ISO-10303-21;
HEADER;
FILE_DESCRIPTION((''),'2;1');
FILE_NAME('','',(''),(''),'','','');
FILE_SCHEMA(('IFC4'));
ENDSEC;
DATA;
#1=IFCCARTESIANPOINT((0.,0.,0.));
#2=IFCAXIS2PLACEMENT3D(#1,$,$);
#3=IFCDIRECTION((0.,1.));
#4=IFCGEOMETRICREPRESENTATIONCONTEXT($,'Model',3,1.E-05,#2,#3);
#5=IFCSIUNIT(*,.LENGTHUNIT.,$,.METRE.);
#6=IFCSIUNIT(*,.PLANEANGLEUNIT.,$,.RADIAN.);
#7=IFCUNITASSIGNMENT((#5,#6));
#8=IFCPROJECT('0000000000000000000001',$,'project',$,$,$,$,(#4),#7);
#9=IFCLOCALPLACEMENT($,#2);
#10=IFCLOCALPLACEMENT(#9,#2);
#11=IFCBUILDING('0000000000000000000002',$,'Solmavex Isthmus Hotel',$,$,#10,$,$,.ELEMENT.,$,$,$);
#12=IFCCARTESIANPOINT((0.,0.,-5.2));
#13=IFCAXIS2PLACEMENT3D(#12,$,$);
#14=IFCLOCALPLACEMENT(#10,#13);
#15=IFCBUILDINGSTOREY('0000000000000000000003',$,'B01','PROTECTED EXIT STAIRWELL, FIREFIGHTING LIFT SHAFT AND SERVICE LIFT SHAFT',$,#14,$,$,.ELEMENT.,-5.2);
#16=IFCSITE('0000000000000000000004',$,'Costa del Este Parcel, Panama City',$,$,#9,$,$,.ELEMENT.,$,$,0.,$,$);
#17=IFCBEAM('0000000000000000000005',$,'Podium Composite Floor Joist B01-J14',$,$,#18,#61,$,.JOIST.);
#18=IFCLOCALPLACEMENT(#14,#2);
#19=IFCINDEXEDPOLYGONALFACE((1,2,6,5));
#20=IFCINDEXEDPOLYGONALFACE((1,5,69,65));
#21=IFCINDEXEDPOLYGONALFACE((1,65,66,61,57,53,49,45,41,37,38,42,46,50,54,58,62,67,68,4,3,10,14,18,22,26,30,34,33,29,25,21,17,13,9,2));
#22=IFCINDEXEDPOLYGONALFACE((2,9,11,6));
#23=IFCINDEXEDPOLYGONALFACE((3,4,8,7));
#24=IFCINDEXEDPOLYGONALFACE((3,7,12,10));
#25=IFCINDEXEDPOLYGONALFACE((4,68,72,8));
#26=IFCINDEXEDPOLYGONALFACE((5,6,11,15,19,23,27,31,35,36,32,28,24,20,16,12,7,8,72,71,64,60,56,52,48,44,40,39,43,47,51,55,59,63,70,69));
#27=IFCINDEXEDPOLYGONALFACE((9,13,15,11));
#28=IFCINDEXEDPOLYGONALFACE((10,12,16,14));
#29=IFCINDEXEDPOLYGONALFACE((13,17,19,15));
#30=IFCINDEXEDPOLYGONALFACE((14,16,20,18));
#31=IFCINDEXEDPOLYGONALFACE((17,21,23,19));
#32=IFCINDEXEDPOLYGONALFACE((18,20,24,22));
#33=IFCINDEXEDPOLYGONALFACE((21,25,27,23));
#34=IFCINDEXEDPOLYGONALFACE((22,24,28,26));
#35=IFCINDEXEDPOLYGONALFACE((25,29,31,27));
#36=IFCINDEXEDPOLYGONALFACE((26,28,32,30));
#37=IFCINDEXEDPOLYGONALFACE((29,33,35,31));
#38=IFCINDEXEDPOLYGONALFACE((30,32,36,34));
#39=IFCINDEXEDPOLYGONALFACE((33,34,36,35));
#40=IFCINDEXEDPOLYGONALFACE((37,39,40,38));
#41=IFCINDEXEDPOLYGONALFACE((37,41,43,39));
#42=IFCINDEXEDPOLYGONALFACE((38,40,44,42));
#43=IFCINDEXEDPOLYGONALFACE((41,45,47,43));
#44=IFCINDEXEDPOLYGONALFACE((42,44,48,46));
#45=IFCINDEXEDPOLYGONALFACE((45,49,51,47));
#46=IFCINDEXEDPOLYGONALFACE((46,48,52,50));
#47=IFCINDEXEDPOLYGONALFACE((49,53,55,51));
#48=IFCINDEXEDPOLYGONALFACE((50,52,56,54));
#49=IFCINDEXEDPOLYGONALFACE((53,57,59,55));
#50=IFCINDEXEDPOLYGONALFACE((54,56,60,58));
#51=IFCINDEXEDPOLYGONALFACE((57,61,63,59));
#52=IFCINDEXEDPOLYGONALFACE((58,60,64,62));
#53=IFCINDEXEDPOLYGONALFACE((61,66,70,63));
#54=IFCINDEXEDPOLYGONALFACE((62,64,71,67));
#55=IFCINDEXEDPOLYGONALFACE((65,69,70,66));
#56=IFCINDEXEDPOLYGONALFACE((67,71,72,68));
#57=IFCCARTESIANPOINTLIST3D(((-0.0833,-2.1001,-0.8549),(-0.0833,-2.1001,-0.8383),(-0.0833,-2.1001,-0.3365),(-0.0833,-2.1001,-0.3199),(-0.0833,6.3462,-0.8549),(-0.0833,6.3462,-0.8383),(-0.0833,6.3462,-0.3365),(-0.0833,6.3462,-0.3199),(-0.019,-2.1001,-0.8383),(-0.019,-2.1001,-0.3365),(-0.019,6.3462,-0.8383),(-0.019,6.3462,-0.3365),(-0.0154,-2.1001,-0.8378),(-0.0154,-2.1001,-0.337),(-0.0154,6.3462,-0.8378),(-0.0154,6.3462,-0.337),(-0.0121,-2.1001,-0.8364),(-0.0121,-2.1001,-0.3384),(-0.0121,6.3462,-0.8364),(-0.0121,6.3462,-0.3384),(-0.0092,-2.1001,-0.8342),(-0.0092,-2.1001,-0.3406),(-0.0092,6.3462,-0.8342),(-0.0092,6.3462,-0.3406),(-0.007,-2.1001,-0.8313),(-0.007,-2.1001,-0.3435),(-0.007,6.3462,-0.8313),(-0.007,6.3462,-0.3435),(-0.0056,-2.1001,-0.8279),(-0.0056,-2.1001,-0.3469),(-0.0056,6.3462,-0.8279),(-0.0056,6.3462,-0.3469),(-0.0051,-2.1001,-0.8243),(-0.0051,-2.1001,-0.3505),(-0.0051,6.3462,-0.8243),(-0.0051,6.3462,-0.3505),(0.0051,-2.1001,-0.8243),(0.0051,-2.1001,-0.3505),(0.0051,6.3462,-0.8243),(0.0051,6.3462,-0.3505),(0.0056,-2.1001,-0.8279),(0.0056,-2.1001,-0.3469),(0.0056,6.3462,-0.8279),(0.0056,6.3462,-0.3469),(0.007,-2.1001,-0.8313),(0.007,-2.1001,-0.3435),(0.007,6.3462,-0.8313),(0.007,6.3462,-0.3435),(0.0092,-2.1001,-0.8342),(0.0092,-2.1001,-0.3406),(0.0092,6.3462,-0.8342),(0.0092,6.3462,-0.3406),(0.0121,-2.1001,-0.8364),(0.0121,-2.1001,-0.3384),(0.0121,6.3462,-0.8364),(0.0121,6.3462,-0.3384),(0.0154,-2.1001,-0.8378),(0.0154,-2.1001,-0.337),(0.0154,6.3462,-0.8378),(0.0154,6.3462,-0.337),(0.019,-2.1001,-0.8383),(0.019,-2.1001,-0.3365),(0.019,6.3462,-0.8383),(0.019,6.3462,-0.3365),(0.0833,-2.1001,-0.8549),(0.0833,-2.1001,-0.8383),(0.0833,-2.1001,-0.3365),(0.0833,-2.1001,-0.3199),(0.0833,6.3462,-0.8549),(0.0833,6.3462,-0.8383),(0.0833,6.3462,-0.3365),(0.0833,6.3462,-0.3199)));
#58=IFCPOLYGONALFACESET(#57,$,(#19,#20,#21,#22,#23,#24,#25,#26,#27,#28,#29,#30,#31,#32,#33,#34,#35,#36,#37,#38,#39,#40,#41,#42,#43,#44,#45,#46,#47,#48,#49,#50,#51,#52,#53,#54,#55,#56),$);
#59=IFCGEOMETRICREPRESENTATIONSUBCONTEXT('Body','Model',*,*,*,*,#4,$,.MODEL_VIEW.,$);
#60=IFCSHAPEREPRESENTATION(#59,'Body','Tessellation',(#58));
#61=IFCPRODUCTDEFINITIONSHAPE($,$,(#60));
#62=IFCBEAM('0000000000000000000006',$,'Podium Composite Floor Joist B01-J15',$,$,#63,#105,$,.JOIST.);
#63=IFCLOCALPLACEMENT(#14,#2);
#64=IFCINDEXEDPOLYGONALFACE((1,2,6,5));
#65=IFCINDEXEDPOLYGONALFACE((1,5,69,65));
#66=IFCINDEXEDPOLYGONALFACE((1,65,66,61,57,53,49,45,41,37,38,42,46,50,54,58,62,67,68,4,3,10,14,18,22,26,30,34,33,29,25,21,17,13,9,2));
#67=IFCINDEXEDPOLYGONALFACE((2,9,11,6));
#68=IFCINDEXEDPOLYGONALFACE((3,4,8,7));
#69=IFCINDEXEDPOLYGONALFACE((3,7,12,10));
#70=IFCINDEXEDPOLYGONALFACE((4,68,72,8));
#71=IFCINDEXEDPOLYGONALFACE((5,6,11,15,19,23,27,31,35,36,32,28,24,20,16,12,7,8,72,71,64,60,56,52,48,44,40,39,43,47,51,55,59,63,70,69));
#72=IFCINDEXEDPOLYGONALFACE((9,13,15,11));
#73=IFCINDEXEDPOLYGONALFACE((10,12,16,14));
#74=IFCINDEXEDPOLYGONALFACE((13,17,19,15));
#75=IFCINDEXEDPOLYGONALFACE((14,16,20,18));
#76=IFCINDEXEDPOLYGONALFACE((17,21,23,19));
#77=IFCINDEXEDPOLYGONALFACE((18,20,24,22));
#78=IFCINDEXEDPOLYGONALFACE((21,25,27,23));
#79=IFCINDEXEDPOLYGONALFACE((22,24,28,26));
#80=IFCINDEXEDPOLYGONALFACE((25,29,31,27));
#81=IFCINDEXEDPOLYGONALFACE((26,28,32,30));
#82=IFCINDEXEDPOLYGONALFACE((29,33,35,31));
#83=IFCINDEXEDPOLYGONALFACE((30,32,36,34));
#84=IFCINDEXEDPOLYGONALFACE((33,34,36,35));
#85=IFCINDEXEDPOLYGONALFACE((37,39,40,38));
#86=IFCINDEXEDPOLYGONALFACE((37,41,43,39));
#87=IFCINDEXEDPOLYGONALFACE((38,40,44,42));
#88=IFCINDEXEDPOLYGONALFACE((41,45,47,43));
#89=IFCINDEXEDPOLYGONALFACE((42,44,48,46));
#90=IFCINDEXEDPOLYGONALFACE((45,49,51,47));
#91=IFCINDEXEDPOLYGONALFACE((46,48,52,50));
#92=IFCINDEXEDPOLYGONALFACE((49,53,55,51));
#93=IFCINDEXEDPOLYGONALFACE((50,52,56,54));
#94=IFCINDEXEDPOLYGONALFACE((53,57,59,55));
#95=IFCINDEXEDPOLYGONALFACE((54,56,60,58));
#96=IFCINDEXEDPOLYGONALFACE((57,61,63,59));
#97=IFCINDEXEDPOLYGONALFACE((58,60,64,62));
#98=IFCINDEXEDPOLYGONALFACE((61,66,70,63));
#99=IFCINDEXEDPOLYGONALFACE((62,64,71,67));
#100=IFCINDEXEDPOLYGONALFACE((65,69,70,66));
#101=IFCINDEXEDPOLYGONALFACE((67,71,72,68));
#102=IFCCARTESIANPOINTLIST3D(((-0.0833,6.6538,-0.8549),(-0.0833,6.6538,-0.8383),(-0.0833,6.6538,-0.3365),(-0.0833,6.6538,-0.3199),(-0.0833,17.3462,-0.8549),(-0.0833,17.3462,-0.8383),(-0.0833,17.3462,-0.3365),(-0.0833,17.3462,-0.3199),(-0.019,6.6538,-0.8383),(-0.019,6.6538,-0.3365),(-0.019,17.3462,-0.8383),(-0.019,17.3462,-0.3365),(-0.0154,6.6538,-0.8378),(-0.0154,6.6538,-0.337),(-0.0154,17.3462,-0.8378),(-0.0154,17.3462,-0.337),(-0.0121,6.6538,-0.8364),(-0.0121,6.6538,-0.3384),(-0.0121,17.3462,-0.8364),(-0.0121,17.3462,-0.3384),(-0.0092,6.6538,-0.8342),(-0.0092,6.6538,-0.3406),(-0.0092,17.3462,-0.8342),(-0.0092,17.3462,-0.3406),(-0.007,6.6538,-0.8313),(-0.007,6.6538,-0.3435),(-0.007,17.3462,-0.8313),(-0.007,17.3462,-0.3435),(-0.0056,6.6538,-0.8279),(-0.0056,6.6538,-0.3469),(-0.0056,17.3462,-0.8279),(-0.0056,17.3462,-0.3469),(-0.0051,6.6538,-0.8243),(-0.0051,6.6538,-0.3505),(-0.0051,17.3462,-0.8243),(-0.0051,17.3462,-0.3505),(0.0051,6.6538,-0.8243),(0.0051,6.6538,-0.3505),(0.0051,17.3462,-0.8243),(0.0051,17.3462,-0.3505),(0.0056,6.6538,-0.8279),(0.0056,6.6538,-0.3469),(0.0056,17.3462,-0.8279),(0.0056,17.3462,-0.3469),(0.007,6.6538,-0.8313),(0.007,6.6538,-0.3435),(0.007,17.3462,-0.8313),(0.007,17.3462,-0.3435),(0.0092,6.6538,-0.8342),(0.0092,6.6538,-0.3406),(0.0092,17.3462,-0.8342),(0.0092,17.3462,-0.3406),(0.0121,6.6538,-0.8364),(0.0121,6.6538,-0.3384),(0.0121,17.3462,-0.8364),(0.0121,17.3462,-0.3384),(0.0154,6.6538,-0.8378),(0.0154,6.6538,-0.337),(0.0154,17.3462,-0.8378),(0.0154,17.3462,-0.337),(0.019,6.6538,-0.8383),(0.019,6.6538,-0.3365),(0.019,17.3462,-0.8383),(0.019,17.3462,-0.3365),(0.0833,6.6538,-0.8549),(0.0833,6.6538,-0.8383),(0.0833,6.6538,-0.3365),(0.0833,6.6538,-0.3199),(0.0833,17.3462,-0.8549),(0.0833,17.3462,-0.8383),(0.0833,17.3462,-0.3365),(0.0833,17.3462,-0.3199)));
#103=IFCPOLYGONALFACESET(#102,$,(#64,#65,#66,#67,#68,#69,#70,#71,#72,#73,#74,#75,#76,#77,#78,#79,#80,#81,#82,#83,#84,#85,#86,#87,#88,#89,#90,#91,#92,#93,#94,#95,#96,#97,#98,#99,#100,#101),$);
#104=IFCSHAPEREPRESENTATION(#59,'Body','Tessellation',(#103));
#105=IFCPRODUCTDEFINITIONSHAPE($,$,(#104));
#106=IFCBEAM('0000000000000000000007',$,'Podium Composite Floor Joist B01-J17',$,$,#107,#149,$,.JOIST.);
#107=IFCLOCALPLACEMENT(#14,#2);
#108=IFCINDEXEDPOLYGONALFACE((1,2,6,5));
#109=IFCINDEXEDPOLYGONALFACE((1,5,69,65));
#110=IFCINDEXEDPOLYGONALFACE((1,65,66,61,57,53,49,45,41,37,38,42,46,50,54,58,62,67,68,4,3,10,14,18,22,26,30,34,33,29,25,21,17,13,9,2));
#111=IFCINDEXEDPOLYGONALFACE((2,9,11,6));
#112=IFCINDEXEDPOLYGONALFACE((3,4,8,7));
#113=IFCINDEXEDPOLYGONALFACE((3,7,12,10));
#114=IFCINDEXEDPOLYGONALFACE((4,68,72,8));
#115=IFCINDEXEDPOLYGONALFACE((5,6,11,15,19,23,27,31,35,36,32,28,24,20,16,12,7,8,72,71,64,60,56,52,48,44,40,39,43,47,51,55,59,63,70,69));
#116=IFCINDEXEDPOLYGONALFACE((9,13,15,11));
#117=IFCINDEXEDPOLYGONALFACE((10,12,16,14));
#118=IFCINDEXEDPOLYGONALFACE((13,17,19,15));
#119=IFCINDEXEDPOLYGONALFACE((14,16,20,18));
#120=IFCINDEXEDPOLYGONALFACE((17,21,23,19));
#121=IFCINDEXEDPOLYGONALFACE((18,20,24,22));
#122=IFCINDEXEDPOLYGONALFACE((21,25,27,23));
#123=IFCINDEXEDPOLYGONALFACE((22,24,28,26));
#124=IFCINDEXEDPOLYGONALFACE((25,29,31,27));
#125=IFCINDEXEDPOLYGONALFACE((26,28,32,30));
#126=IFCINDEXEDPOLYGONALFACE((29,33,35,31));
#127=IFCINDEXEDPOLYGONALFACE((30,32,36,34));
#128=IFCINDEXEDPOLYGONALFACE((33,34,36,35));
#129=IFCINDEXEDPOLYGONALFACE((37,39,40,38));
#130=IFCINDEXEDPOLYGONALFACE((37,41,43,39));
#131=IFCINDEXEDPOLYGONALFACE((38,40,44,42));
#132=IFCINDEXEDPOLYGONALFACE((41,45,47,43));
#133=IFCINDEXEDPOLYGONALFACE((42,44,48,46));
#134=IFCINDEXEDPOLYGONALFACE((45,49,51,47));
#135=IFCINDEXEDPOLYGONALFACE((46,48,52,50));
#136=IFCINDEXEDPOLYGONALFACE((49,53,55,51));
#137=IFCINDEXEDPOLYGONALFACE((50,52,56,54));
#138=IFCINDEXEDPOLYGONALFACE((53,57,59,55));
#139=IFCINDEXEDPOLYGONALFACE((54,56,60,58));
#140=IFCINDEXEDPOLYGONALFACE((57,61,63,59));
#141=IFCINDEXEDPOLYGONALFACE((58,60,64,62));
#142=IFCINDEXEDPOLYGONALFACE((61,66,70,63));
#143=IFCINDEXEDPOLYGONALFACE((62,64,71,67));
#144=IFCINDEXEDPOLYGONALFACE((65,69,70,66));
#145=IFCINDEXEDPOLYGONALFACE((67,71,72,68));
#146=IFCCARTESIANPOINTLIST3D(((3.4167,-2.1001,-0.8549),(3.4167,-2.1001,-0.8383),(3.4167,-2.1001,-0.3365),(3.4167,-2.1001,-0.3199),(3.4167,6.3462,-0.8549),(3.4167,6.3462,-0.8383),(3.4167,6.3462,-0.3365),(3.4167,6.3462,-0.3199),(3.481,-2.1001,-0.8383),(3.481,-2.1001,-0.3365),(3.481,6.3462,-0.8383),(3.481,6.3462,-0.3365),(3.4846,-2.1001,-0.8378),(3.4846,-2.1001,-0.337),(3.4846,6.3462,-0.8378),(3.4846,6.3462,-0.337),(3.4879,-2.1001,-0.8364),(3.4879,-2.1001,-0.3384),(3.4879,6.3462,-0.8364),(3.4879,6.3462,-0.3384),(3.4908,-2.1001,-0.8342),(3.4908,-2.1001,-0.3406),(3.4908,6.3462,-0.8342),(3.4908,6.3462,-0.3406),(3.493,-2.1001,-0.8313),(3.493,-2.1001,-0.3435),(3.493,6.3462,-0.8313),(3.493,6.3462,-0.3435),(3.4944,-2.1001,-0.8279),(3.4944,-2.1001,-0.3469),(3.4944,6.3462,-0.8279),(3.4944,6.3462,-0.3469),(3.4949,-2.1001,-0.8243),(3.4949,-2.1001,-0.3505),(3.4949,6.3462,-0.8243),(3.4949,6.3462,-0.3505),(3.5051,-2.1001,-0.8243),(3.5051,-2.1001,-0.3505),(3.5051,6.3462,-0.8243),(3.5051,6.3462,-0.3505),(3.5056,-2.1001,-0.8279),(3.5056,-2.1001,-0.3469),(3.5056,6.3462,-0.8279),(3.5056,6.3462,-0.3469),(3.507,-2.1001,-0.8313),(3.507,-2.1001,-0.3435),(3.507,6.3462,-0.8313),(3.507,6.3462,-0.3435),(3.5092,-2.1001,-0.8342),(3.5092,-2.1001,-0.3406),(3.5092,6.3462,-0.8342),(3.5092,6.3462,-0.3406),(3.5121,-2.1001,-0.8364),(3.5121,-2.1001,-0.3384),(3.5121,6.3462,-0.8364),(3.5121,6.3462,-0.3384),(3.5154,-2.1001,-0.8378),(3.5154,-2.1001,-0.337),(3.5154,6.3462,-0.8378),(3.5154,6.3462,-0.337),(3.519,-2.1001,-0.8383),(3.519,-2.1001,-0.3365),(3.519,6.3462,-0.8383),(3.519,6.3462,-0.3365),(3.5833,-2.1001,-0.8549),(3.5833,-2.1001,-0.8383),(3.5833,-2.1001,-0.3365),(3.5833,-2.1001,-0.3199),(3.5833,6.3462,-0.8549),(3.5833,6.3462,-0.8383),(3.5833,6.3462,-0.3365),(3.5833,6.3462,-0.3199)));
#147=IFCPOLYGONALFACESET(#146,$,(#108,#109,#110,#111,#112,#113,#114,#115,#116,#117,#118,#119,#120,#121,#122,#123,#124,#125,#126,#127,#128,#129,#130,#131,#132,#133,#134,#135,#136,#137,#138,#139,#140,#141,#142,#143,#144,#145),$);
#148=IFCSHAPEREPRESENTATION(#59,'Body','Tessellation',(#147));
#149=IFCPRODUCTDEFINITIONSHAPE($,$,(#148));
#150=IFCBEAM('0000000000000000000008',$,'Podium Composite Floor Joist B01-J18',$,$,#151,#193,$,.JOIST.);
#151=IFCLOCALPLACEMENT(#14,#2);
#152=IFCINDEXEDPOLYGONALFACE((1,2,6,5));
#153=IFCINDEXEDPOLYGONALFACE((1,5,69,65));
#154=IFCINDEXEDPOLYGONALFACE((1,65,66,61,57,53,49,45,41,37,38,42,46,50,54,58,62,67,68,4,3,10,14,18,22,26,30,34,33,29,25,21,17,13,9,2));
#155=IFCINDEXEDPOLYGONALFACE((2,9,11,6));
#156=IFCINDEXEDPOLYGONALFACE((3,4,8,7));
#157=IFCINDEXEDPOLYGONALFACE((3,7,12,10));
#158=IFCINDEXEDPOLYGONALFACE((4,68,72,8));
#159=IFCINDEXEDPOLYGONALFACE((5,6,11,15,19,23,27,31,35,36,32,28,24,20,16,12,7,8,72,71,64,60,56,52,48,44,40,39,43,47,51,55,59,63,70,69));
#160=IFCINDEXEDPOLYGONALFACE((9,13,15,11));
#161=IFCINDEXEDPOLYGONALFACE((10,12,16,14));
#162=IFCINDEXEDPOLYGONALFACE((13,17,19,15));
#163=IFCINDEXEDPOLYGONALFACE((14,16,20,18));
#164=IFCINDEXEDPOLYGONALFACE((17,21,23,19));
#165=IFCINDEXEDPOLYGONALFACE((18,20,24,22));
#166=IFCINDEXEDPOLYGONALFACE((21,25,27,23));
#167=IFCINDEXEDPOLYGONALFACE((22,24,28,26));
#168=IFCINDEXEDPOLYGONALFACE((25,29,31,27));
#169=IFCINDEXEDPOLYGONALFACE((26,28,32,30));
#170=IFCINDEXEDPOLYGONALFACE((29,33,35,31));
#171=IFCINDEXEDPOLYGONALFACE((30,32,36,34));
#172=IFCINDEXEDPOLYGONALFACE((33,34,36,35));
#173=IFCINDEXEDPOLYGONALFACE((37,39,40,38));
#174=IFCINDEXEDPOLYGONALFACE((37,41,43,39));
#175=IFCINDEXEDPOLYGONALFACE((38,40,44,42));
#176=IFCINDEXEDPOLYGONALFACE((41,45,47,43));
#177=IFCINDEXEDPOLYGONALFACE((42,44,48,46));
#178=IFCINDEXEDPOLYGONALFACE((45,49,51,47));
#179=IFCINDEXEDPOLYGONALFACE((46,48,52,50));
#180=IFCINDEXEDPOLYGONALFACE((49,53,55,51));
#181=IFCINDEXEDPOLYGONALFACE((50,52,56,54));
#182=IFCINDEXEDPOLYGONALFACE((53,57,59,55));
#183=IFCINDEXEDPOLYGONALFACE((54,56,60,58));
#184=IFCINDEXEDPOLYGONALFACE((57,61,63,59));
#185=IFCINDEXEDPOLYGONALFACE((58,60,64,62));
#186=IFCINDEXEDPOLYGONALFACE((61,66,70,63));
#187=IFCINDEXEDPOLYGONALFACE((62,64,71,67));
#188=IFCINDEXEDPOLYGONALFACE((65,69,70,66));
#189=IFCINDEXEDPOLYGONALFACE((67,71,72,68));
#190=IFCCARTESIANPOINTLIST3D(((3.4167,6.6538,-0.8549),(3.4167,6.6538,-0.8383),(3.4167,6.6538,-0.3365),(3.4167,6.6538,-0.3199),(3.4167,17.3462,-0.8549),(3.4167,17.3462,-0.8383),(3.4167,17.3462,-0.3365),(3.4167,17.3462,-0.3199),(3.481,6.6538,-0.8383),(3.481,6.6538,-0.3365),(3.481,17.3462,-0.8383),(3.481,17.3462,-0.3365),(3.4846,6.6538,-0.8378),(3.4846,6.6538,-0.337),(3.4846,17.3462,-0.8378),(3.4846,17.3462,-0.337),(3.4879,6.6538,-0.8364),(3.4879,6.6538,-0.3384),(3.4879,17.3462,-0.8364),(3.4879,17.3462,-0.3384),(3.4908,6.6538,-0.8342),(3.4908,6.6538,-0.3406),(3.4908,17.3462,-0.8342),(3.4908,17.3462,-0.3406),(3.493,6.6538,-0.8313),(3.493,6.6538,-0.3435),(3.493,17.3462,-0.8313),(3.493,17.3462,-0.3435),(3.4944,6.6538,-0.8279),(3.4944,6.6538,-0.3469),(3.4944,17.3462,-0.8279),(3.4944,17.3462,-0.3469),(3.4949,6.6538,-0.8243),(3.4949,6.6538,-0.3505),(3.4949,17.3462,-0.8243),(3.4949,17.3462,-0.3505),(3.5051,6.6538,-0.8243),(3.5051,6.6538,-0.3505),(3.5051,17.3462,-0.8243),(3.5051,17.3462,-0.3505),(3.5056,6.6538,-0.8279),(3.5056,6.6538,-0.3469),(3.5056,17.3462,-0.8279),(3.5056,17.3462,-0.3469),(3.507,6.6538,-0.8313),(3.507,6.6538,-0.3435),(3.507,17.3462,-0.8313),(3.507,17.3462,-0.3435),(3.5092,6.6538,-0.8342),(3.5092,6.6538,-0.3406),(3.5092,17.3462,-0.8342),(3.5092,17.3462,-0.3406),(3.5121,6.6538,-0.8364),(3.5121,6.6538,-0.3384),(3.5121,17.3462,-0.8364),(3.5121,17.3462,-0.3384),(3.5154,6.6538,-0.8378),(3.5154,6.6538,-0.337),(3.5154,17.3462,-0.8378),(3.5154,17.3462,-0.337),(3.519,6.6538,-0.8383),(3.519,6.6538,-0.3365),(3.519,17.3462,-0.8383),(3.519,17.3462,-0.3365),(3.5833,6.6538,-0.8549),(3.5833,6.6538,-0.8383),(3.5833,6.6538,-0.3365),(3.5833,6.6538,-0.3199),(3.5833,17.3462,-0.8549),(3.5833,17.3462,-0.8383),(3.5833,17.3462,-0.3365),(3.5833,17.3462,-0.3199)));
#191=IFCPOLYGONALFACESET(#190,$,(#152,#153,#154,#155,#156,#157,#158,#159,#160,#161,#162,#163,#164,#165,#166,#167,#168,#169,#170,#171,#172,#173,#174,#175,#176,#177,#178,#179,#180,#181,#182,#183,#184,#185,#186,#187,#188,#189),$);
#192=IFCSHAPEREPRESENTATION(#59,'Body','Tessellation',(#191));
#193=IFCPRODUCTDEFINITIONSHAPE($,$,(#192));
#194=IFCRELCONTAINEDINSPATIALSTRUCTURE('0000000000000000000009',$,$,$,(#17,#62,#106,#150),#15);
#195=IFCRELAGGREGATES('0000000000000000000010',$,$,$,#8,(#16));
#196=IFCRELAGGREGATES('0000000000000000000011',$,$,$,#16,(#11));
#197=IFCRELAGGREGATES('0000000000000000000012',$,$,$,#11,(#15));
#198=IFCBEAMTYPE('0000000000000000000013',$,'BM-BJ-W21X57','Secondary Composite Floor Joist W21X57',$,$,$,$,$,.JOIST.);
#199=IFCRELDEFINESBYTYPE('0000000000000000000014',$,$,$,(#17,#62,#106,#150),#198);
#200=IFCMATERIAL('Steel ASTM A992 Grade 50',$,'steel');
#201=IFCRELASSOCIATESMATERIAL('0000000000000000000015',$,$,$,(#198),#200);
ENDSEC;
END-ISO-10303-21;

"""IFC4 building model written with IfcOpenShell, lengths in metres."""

from ifc_helpers import new_model, si_unit, direction, frame, origin, origin_2d, place, context, subcontext, project, spatial, i_section, extrude, material, material_profile, profile_set, type_object, element, save


model = new_model("IFC4")

# Units and contexts
model_context = context("Model", 3, precision=1e-05, world=origin(), true_north=direction((0.0, 1.0)))
body_context = subcontext(model_context, "Body", "Model", "MODEL_VIEW")
ifc_project = project(units=[si_unit("LENGTHUNIT", "METRE"), si_unit("PLANEANGLEUNIT", "RADIAN")], contexts=[model_context])

# Site, building, storey
site_placement = place(None, origin())
site = spatial("IfcSite", under=ifc_project, at=site_placement, Name="Costa del Este Parcel, Panama City", CompositionType="ELEMENT", RefElevation=0.0)
building_placement = place(site_placement, origin())
building = spatial("IfcBuilding", under=site, at=building_placement, Name="Solmavex Isthmus Hotel", CompositionType="ELEMENT")
storey_placement = place(building_placement, frame((0.0, 0.0, -5.2)))
storey = spatial("IfcBuildingStorey", under=building, at=storey_placement, Name="B01", Description="PROTECTED EXIT STAIRWELL, FIREFIGHTING LIFT SHAFT AND SERVICE LIFT SHAFT", CompositionType="ELEMENT", Elevation=-5.2)

# Beams
ifc_material_1 = material(Name="Steel ASTM A992 Grade 50", Category="steel")
ifc_material_profile_1 = material_profile(ifc_material_1, i_section(OverallWidth=0.1665, OverallDepth=0.5349, WebThickness=0.0103, FlangeThickness=0.0166, FilletRadius=0.0139, at=origin_2d()), Name="W21X57")
ifc_profile_set_1 = profile_set([ifc_material_profile_1], Name="Steel ASTM A992 Grade 50")
beam_type_1 = type_object("IfcBeamType", Name="BM-BJ-W21X57", Description="Secondary Composite Floor Joist W21X57", PredefinedType="JOIST", material=ifc_profile_set_1)
beam_1_placement = place(storey_placement, frame((0.0, -2.1001, -0.5874), z_axis=(0.0, 1.0, 0.0), x_axis=(-1.0, 0.0, 0.0)))
element("IfcBeam", 1, at=beam_1_placement, inside=storey, type_object=beam_type_1, Name="Podium Composite Floor Joist B01-J14", PredefinedType="JOIST", context=body_context, shape_type="SweptSolid", body=[
    extrude(i_section(OverallWidth=0.1665, OverallDepth=0.5349, WebThickness=0.0103, FlangeThickness=0.0166, FilletRadius=0.0139, at=origin_2d()), origin(), (0.0, 0.0, 1.0), 8.4463),
])
beam_2_placement = place(storey_placement, frame((0.0, 6.6538, -0.5874), z_axis=(0.0, 1.0, 0.0), x_axis=(-1.0, 0.0, 0.0)))
element("IfcBeam", 2, at=beam_2_placement, inside=storey, type_object=beam_type_1, Name="Podium Composite Floor Joist B01-J15", PredefinedType="JOIST", context=body_context, shape_type="SweptSolid", body=[
    extrude(i_section(OverallWidth=0.1665, OverallDepth=0.5349, WebThickness=0.0103, FlangeThickness=0.0166, FilletRadius=0.0139, at=origin_2d()), origin(), (0.0, 0.0, 1.0), 10.6924),
])
beam_3_placement = place(storey_placement, frame((3.5, -2.1001, -0.5874), z_axis=(0.0, 1.0, 0.0), x_axis=(-1.0, 0.0, 0.0)))
element("IfcBeam", 3, at=beam_3_placement, inside=storey, type_object=beam_type_1, Name="Podium Composite Floor Joist B01-J17", PredefinedType="JOIST", context=body_context, shape_type="SweptSolid", body=[
    extrude(i_section(OverallWidth=0.1665, OverallDepth=0.5349, WebThickness=0.0103, FlangeThickness=0.0166, FilletRadius=0.0139, at=origin_2d()), origin(), (0.0, 0.0, 1.0), 8.4463),
])
beam_4_placement = place(storey_placement, frame((3.5, 6.6538, -0.5874), z_axis=(0.0, 1.0, 0.0), x_axis=(-1.0, 0.0, 0.0)))
element("IfcBeam", 4, at=beam_4_placement, inside=storey, type_object=beam_type_1, Name="Podium Composite Floor Joist B01-J18", PredefinedType="JOIST", context=body_context, shape_type="SweptSolid", body=[
    extrude(i_section(OverallWidth=0.1665, OverallDepth=0.5349, WebThickness=0.0103, FlangeThickness=0.0166, FilletRadius=0.0139, at=origin_2d()), origin(), (0.0, 0.0, 1.0), 10.6924),
])

save(model, "model.ifc")
